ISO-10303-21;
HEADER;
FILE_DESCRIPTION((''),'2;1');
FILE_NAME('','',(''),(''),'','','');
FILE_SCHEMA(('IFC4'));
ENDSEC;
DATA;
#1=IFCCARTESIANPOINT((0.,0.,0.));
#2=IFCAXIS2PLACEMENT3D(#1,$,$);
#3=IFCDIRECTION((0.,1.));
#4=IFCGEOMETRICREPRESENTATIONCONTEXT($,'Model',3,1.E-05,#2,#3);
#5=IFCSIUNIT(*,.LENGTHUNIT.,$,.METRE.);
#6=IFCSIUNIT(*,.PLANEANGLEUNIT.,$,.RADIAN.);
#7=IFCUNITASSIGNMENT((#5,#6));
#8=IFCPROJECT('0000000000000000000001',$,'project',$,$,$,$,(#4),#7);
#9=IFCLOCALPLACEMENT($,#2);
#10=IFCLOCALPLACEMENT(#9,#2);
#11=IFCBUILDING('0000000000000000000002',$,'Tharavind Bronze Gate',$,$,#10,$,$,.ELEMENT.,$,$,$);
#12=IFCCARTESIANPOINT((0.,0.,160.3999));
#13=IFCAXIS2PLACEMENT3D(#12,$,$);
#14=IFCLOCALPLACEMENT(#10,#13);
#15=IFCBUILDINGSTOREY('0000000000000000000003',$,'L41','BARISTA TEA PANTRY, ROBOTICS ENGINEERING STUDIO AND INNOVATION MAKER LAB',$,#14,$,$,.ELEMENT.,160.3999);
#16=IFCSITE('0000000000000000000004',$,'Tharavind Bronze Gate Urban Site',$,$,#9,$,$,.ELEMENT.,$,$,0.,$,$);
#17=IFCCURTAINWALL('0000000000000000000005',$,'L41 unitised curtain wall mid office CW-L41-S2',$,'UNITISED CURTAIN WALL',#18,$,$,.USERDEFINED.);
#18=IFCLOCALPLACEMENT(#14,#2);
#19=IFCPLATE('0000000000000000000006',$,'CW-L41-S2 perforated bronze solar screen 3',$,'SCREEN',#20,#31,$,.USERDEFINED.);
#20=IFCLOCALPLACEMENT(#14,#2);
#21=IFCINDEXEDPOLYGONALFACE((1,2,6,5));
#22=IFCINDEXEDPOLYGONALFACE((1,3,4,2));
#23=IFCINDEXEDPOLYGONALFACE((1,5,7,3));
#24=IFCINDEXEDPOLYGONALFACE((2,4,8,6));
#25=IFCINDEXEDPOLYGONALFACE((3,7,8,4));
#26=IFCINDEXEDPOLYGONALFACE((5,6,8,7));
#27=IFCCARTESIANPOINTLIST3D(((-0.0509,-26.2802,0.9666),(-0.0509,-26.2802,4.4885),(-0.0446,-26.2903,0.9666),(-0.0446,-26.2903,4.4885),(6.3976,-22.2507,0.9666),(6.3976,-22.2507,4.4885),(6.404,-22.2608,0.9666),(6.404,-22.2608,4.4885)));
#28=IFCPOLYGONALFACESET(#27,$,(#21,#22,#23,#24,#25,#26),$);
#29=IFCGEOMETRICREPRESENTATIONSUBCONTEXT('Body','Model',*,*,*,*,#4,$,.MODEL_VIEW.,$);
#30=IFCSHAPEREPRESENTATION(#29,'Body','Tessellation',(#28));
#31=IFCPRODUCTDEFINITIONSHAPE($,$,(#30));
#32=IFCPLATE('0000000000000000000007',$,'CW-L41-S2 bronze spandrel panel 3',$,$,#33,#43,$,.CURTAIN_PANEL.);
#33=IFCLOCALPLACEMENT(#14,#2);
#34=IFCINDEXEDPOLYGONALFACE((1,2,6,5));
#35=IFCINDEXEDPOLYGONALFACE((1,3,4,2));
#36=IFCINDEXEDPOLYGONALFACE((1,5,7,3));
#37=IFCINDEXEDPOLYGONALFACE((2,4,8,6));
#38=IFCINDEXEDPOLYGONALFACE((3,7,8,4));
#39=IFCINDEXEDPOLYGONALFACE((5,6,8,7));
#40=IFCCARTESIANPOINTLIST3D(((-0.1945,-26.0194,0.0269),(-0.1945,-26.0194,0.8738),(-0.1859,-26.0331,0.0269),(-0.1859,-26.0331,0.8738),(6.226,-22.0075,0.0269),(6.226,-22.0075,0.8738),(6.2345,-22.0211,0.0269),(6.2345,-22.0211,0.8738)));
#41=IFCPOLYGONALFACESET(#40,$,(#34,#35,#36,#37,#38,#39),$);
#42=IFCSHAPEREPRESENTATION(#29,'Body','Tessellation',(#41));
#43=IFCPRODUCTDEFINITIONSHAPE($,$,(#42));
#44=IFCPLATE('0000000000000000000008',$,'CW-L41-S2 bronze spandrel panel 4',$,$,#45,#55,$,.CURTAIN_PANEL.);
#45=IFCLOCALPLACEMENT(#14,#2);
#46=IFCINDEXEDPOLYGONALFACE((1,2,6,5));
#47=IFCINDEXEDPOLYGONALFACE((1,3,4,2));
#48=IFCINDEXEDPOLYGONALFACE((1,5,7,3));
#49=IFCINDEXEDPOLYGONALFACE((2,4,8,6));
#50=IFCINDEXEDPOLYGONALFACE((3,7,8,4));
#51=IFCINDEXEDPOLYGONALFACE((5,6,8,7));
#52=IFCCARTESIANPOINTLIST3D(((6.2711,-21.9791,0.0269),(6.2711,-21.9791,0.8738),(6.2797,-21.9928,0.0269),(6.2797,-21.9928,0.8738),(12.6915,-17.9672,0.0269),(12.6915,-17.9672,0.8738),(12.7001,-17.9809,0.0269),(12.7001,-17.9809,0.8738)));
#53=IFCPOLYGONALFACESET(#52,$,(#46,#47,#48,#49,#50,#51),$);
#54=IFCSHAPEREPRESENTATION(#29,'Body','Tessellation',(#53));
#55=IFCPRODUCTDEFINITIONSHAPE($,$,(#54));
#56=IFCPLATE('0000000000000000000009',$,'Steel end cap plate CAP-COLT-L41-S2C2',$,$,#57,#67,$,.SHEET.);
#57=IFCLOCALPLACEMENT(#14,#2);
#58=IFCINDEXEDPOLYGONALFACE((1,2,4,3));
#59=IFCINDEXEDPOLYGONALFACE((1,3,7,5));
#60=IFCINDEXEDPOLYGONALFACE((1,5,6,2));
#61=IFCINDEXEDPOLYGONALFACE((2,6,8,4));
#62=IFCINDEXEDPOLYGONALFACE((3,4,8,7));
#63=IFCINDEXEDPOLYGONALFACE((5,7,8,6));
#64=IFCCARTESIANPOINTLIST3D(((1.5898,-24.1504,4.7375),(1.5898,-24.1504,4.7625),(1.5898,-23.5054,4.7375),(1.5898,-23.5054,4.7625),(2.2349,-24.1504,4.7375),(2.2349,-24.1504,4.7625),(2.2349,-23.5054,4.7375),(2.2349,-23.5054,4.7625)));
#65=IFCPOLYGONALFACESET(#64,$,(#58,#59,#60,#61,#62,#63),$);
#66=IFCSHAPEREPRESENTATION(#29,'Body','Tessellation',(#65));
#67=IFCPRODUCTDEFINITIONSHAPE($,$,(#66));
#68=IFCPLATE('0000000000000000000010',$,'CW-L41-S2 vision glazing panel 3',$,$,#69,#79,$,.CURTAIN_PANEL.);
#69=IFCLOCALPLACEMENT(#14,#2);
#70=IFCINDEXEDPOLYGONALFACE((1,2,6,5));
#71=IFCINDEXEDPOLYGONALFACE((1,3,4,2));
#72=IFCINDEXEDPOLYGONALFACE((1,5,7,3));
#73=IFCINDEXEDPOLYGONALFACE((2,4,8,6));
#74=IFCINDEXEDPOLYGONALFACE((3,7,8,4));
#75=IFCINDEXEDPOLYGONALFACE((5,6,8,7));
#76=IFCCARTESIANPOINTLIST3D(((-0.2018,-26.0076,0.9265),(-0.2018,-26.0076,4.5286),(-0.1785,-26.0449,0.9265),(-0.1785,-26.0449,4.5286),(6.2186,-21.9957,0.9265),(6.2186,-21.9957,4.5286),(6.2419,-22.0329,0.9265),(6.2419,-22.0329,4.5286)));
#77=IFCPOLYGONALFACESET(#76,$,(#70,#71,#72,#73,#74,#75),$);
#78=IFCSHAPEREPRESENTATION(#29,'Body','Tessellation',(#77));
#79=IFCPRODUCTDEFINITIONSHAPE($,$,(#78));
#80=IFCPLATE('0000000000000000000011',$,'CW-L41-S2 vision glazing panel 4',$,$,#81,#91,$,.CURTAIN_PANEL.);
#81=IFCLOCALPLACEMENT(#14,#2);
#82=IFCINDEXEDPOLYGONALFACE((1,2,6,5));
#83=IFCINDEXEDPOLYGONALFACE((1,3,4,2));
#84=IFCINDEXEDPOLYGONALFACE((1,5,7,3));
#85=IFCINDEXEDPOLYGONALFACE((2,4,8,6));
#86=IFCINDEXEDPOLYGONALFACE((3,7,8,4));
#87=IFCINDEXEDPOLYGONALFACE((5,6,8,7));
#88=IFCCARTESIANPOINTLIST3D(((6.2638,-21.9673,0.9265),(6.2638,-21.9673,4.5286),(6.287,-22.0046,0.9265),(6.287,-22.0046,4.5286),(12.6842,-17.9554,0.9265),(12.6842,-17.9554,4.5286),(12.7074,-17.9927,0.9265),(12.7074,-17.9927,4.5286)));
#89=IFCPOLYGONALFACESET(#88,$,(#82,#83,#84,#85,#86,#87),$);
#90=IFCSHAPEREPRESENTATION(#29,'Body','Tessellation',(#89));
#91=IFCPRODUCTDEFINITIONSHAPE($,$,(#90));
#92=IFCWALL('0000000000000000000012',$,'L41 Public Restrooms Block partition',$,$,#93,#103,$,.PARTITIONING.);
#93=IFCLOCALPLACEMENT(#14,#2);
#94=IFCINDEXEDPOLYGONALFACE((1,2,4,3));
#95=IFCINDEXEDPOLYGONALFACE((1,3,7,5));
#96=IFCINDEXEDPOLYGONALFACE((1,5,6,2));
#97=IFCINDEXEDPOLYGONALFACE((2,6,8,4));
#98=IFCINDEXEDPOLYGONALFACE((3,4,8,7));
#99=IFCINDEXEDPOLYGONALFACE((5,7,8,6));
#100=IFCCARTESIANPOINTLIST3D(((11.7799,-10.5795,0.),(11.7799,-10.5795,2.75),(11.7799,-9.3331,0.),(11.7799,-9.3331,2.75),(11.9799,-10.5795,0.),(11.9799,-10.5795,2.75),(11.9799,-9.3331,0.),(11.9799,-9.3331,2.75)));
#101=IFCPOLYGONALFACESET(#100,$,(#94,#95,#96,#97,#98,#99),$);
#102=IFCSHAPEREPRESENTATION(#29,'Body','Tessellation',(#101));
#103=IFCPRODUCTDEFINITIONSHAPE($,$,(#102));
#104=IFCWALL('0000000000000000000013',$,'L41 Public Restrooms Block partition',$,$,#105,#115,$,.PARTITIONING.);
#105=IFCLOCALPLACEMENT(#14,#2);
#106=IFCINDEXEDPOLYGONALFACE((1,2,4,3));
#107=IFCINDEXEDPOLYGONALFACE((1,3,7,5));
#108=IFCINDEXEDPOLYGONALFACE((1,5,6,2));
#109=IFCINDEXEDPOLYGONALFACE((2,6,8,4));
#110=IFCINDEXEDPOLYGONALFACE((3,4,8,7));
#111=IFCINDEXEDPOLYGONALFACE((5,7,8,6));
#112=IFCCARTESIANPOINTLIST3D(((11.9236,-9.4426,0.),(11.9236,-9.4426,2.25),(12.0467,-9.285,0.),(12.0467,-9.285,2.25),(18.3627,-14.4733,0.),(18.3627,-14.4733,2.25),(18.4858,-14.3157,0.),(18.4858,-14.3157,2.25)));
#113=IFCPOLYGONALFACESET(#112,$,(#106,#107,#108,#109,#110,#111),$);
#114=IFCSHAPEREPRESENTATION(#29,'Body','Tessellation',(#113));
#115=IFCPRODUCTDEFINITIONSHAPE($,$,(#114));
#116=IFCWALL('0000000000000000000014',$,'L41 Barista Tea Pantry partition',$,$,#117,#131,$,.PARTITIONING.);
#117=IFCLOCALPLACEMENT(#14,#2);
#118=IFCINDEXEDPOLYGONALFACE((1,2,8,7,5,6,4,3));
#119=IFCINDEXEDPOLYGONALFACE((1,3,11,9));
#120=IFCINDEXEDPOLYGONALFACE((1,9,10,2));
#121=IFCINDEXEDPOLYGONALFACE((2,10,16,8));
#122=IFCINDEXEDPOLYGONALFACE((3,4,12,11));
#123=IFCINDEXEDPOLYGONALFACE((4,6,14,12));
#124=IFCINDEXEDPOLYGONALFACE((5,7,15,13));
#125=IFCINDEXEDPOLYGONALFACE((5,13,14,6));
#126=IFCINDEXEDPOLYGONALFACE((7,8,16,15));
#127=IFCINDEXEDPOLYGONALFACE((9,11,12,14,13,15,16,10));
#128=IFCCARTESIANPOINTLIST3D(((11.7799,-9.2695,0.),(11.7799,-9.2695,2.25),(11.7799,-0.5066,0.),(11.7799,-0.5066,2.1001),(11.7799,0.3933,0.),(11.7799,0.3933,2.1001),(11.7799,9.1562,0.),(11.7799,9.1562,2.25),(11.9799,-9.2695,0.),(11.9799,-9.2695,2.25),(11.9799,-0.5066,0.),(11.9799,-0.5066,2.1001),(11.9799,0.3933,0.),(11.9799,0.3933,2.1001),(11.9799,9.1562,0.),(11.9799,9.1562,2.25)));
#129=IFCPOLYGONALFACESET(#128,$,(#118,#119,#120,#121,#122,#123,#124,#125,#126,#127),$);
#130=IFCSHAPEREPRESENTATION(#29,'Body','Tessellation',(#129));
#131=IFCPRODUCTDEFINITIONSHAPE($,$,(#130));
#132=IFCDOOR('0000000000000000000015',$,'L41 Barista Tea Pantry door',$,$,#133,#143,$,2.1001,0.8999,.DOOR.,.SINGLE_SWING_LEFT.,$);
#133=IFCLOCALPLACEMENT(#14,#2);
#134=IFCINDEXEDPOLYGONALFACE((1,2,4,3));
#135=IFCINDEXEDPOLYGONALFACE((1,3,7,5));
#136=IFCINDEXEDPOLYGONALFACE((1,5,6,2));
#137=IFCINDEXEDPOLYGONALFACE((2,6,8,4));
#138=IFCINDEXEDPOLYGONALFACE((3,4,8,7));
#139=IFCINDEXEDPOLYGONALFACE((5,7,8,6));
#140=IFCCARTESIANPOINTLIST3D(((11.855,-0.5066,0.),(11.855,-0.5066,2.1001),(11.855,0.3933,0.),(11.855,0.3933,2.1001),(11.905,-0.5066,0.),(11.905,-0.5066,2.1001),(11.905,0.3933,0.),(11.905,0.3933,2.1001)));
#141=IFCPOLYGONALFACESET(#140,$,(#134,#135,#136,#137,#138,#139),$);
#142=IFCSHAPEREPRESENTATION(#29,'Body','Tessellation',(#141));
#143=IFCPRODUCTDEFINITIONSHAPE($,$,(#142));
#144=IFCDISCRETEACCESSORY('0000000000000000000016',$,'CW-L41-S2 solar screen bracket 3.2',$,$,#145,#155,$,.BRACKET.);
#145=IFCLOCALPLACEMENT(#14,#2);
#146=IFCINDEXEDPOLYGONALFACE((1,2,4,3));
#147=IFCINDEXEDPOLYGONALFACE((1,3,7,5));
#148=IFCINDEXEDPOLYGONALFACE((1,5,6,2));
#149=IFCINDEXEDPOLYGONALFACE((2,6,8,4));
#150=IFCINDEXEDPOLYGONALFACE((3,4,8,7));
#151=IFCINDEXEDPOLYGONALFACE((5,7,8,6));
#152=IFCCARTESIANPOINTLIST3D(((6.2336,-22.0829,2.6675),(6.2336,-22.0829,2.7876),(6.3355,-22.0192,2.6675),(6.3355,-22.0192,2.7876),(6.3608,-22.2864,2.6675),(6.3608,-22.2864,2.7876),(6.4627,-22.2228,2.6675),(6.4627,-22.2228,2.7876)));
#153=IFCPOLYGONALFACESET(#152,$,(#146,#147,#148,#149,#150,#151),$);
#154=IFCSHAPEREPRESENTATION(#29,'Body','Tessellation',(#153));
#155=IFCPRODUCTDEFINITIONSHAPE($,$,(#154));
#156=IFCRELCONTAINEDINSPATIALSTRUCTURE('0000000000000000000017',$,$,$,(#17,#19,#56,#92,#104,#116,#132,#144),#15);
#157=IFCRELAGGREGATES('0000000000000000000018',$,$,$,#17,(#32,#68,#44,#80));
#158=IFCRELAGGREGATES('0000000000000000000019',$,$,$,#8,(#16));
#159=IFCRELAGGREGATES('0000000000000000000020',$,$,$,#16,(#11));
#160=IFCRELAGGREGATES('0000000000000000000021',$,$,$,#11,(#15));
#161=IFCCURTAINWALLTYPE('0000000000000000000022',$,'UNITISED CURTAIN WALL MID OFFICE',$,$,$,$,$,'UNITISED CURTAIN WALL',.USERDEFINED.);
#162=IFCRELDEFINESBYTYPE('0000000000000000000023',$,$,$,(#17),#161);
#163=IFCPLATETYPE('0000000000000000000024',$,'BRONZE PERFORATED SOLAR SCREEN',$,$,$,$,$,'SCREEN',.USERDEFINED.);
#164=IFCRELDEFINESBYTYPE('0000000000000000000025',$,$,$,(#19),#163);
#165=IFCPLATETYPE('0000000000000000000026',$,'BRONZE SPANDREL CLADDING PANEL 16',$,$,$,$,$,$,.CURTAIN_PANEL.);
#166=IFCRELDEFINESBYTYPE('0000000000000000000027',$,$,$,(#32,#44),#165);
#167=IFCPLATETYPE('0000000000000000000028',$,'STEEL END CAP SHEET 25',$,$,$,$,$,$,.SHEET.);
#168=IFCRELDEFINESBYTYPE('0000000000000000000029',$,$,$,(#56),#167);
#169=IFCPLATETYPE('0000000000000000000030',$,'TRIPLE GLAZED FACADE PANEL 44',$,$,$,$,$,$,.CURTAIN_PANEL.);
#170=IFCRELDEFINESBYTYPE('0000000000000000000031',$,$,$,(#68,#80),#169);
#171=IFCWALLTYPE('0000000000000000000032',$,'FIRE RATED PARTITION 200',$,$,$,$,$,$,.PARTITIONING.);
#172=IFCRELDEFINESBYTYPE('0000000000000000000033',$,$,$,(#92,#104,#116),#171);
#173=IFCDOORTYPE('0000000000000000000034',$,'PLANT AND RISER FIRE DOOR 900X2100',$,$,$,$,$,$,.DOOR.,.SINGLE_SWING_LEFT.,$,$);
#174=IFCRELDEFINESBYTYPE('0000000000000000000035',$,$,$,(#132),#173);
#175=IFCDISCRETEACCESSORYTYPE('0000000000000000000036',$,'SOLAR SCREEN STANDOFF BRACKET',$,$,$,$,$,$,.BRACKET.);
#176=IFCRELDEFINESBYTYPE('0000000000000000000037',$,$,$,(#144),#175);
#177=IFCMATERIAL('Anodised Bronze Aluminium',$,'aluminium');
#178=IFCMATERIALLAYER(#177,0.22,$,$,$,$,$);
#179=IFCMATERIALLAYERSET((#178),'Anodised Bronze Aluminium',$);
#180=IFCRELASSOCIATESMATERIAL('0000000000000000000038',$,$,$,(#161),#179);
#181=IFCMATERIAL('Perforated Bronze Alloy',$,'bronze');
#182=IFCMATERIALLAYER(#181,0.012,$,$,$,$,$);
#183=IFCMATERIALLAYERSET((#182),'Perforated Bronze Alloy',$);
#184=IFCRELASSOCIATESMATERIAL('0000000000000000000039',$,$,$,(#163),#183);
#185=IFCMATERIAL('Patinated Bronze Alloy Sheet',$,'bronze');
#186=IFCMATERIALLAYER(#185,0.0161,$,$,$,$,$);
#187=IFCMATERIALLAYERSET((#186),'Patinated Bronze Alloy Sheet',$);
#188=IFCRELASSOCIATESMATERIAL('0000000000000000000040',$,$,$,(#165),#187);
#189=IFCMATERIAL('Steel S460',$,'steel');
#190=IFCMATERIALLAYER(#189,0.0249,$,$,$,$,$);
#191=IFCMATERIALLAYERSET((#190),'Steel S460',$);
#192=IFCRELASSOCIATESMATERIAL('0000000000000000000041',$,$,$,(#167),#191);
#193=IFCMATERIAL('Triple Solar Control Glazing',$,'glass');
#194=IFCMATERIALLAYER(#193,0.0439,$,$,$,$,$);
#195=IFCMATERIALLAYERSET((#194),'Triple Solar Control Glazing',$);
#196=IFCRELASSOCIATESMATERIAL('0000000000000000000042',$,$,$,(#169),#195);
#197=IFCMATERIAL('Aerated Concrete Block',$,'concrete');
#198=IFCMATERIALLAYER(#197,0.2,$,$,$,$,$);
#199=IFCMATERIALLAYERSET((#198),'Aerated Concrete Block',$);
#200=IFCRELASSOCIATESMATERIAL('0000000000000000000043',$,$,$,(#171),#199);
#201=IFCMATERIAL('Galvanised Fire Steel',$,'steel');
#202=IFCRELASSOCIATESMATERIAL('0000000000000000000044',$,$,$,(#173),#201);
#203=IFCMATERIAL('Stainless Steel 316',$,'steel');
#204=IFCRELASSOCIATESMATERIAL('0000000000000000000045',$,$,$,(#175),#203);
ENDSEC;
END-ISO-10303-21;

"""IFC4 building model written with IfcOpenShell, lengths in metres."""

from ifc_helpers import new_model, si_unit, direction, frame, frame_2d, origin, origin_2d, place, context, subcontext, project, spatial, rectangle, extrude, material, layer, layer_set, type_object, element, fill, aggregate, save


model = new_model("IFC4")

# Units and contexts
model_context = context("Model", 3, precision=1e-05, world=origin(), true_north=direction((0.0, 1.0)))
body_context = subcontext(model_context, "Body", "Model", "MODEL_VIEW")
ifc_project = project(units=[si_unit("LENGTHUNIT", "METRE"), si_unit("PLANEANGLEUNIT", "RADIAN")], contexts=[model_context])

# Site, building, storey
site_placement = place(None, origin())
site = spatial("IfcSite", under=ifc_project, at=site_placement, Name="Tharavind Bronze Gate Urban Site", CompositionType="ELEMENT", RefElevation=0.0)
building_placement = place(site_placement, origin())
building = spatial("IfcBuilding", under=site, at=building_placement, Name="Tharavind Bronze Gate", CompositionType="ELEMENT")
storey_placement = place(building_placement, frame((0.0, 0.0, 160.3999)))
storey = spatial("IfcBuildingStorey", under=building, at=storey_placement, Name="L41", Description="BARISTA TEA PANTRY, ROBOTICS ENGINEERING STUDIO AND INNOVATION MAKER LAB", CompositionType="ELEMENT", Elevation=160.3999)

# Shared definitions
ifc_material_1 = material(Name="Steel S460", Category="steel")

# Curtain wall
ifc_material_2 = material(Name="Anodised Bronze Aluminium", Category="aluminium")
ifc_layer_1 = layer(ifc_material_2, 0.22)
ifc_layer_set_1 = layer_set([ifc_layer_1], Name="Anodised Bronze Aluminium")
curtain_wall_type = type_object("IfcCurtainWallType", Name="UNITISED CURTAIN WALL MID OFFICE", ElementType="UNITISED CURTAIN WALL", PredefinedType="USERDEFINED", material=ifc_layer_set_1)
curtain_wall_placement = place(storey_placement, origin())
curtain_wall = element("IfcCurtainWall", 1, at=curtain_wall_placement, inside=storey, type_object=curtain_wall_type, Name="L41 unitised curtain wall mid office CW-L41-S2", ObjectType="UNITISED CURTAIN WALL", PredefinedType="USERDEFINED")

# Plates
ifc_material_3 = material(Name="Perforated Bronze Alloy", Category="bronze")
ifc_layer_2 = layer(ifc_material_3, 0.012)
ifc_layer_set_2 = layer_set([ifc_layer_2], Name="Perforated Bronze Alloy")
plate_type_1 = type_object("IfcPlateType", Name="BRONZE PERFORATED SOLAR SCREEN", ElementType="SCREEN", PredefinedType="USERDEFINED", material=ifc_layer_set_2)
plate_1_placement = place(storey_placement, frame((3.1765, -24.2705, 0.9666), z_axis=(0.0, 0.0, 1.0), x_axis=(0.848048, 0.529919, 0.0)))
element("IfcPlate", 2, at=plate_1_placement, inside=storey, type_object=plate_type_1, Name="CW-L41-S2 perforated bronze solar screen 3", ObjectType="SCREEN", PredefinedType="USERDEFINED", context=body_context, shape_type="SweptSolid", body=[
    extrude(rectangle(XDim=7.604, YDim=0.012, at=origin_2d()), origin(), (0.0, 0.0, 1.0), 3.522),
])
ifc_material_4 = material(Name="Patinated Bronze Alloy Sheet", Category="bronze")
ifc_layer_3 = layer(ifc_material_4, 0.0161)
ifc_layer_set_3 = layer_set([ifc_layer_3], Name="Patinated Bronze Alloy Sheet")
plate_type_2 = type_object("IfcPlateType", Name="BRONZE SPANDREL CLADDING PANEL 16", PredefinedType="CURTAIN_PANEL", material=ifc_layer_set_3)
plate_2_placement = place(storey_placement, frame((3.02, -24.0203, 0.0269), z_axis=(0.0, 0.0, 1.0), x_axis=(0.848048, 0.529919, 0.0)))
plate_2 = element("IfcPlate", 3, at=plate_2_placement, type_object=plate_type_2, Name="CW-L41-S2 bronze spandrel panel 3", PredefinedType="CURTAIN_PANEL", context=body_context, shape_type="SweptSolid", body=[
    extrude(rectangle(XDim=7.5708, YDim=0.0161, at=origin_2d()), origin(), (0.0, 0.0, 1.0), 0.8469),
])
plate_3_placement = place(storey_placement, frame((9.4856, -19.98, 0.0269), z_axis=(0.0, 0.0, 1.0), x_axis=(0.848048, 0.529919, 0.0)))
plate_3 = element("IfcPlate", 4, at=plate_3_placement, type_object=plate_type_2, Name="CW-L41-S2 bronze spandrel panel 4", PredefinedType="CURTAIN_PANEL", context=body_context, shape_type="SweptSolid", body=[
    extrude(rectangle(XDim=7.5708, YDim=0.0161, at=origin_2d()), origin(), (0.0, 0.0, 1.0), 0.8469),
])
ifc_layer_4 = layer(ifc_material_1, 0.0249)
ifc_layer_set_4 = layer_set([ifc_layer_4], Name="Steel S460")
plate_type_3 = type_object("IfcPlateType", Name="STEEL END CAP SHEET 25", PredefinedType="SHEET", material=ifc_layer_set_4)
plate_4_placement = place(storey_placement, frame((1.9124, -23.8279, 4.7375), z_axis=(0.0, 0.0, 1.0), x_axis=(1.0, 0.0, 0.0)))
element("IfcPlate", 5, at=plate_4_placement, inside=storey, type_object=plate_type_3, Name="Steel end cap plate CAP-COLT-L41-S2C2", PredefinedType="SHEET", context=body_context, shape_type="SweptSolid", body=[
    extrude(rectangle(XDim=0.645, YDim=0.645, at=origin_2d()), origin(), (0.0, 0.0, 1.0), 0.0249),
])
ifc_material_5 = material(Name="Triple Solar Control Glazing", Category="glass")
ifc_layer_5 = layer(ifc_material_5, 0.0439)
ifc_layer_set_5 = layer_set([ifc_layer_5], Name="Triple Solar Control Glazing")
plate_type_4 = type_object("IfcPlateType", Name="TRIPLE GLAZED FACADE PANEL 44", PredefinedType="CURTAIN_PANEL", material=ifc_layer_set_5)
plate_5_placement = place(storey_placement, frame((3.02, -24.0203, 0.9265), z_axis=(0.0, 0.0, 1.0), x_axis=(0.848048, 0.529919, 0.0)))
plate_5 = element("IfcPlate", 6, at=plate_5_placement, type_object=plate_type_4, Name="CW-L41-S2 vision glazing panel 3", PredefinedType="CURTAIN_PANEL", context=body_context, shape_type="SweptSolid", body=[
    extrude(rectangle(XDim=7.5708, YDim=0.0439, at=origin_2d()), origin(), (0.0, 0.0, 1.0), 3.6021),
])
plate_6_placement = place(storey_placement, frame((9.4856, -19.98, 0.9265), z_axis=(0.0, 0.0, 1.0), x_axis=(0.848048, 0.529919, 0.0)))
plate_6 = element("IfcPlate", 7, at=plate_6_placement, type_object=plate_type_4, Name="CW-L41-S2 vision glazing panel 4", PredefinedType="CURTAIN_PANEL", context=body_context, shape_type="SweptSolid", body=[
    extrude(rectangle(XDim=7.5708, YDim=0.0439, at=origin_2d()), origin(), (0.0, 0.0, 1.0), 3.6021),
])
aggregate(curtain_wall, [plate_2, plate_5, plate_3, plate_6])

# Walls
ifc_material_6 = material(Name="Aerated Concrete Block", Category="concrete")
ifc_layer_6 = layer(ifc_material_6, 0.2)
ifc_layer_set_6 = layer_set([ifc_layer_6], Name="Aerated Concrete Block")
wall_type = type_object("IfcWallType", Name="FIRE RATED PARTITION 200", PredefinedType="PARTITIONING", material=ifc_layer_set_6)
wall_1_placement = place(storey_placement, frame((11.8799, -10.5793, 0.0), z_axis=(0.0, 0.0, 1.0), x_axis=(0.0, 1.0, 0.0)))
element("IfcWall", 8, at=wall_1_placement, inside=storey, type_object=wall_type, Name="L41 Public Restrooms Block partition", PredefinedType="PARTITIONING", context=body_context, shape_type="SweptSolid", body=[
    extrude(rectangle(XDim=1.2463, YDim=0.2, at=frame_2d((0.623, 0.0))), origin(), (0.0, 0.0, 1.0), 2.75),
])
wall_2_placement = place(storey_placement, frame((11.9851, -9.3638, 0.0), z_axis=(0.0, 0.0, 1.0), x_axis=(0.788017, -0.615654, 0.0)))
element("IfcWall", 9, at=wall_2_placement, inside=storey, type_object=wall_type, Name="L41 Public Restrooms Block partition", PredefinedType="PARTITIONING", context=body_context, shape_type="SweptSolid", body=[
    extrude(rectangle(XDim=8.1714, YDim=0.2, at=frame_2d((4.0857, 0.0))), origin(), (0.0, 0.0, 1.0), 2.25),
])

# Wall, opening, door
wall_3_placement = place(storey_placement, frame((11.8799, -9.2695, 0.0), z_axis=(0.0, 0.0, 1.0), x_axis=(0.0, 1.0, 0.0)))
wall_3 = element("IfcWall", 10, at=wall_3_placement, inside=storey, type_object=wall_type, Name="L41 Barista Tea Pantry partition", PredefinedType="PARTITIONING", context=body_context, shape_type="SweptSolid", body=[
    extrude(rectangle(XDim=18.4258, YDim=0.2, at=frame_2d((9.2129, 0.0))), origin(), (0.0, 0.0, 1.0), 2.25),
])
opening_placement = place(wall_3_placement, frame((8.7629, 0.0, 0.0)))
opening = element("IfcOpeningElement", 11, at=opening_placement, cuts=wall_3, PredefinedType="OPENING", context=body_context, shape_type="SweptSolid", body=[
    extrude(rectangle(XDim=0.8999, YDim=2.1001, at=frame_2d((0.45, 1.05))), frame((0.0, 0.1101, 0.0), z_axis=(0.0, -1.0, 0.0), x_axis=(1.0, 0.0, 0.0)), (0.0, 0.0, 1.0), 0.22),
])
ifc_material_7 = material(Name="Galvanised Fire Steel", Category="steel")
door_type = type_object("IfcDoorType", Name="PLANT AND RISER FIRE DOOR 900X2100", OperationType="SINGLE_SWING_LEFT", PredefinedType="DOOR", material=ifc_material_7)
door_placement = place(opening_placement, origin())
door = element("IfcDoor", 12, at=door_placement, inside=storey, type_object=door_type, Name="L41 Barista Tea Pantry door", OperationType="SINGLE_SWING_LEFT", OverallHeight=2.1001, OverallWidth=0.8999, PredefinedType="DOOR", context=body_context, shape_type="SweptSolid", body=[
    extrude(rectangle(XDim=0.8999, YDim=2.1001, at=frame_2d((0.45, 1.05))), frame((0.0, 0.0249, 0.0), z_axis=(0.0, -1.0, 0.0), x_axis=(1.0, 0.0, 0.0)), (0.0, 0.0, 1.0), 0.05),
])
fill(opening, door)

# Discrete accessory
ifc_material_8 = material(Name="Stainless Steel 316", Category="steel")
discrete_accessory_type = type_object("IfcDiscreteAccessoryType", Name="SOLAR SCREEN STANDOFF BRACKET", PredefinedType="BRACKET", material=ifc_material_8)
discrete_accessory_placement = place(storey_placement, frame((6.3481, -22.1528, 2.6675), z_axis=(0.0, 0.0, 1.0), x_axis=(0.848048, 0.529919, 0.0)))
element("IfcDiscreteAccessory", 13, at=discrete_accessory_placement, inside=storey, type_object=discrete_accessory_type, Name="CW-L41-S2 solar screen bracket 3.2", PredefinedType="BRACKET", context=body_context, shape_type="SweptSolid", body=[
    extrude(rectangle(XDim=0.1201, YDim=0.24, at=origin_2d()), origin(), (0.0, 0.0, 1.0), 0.1201),
])

save(model, "model.ifc")
